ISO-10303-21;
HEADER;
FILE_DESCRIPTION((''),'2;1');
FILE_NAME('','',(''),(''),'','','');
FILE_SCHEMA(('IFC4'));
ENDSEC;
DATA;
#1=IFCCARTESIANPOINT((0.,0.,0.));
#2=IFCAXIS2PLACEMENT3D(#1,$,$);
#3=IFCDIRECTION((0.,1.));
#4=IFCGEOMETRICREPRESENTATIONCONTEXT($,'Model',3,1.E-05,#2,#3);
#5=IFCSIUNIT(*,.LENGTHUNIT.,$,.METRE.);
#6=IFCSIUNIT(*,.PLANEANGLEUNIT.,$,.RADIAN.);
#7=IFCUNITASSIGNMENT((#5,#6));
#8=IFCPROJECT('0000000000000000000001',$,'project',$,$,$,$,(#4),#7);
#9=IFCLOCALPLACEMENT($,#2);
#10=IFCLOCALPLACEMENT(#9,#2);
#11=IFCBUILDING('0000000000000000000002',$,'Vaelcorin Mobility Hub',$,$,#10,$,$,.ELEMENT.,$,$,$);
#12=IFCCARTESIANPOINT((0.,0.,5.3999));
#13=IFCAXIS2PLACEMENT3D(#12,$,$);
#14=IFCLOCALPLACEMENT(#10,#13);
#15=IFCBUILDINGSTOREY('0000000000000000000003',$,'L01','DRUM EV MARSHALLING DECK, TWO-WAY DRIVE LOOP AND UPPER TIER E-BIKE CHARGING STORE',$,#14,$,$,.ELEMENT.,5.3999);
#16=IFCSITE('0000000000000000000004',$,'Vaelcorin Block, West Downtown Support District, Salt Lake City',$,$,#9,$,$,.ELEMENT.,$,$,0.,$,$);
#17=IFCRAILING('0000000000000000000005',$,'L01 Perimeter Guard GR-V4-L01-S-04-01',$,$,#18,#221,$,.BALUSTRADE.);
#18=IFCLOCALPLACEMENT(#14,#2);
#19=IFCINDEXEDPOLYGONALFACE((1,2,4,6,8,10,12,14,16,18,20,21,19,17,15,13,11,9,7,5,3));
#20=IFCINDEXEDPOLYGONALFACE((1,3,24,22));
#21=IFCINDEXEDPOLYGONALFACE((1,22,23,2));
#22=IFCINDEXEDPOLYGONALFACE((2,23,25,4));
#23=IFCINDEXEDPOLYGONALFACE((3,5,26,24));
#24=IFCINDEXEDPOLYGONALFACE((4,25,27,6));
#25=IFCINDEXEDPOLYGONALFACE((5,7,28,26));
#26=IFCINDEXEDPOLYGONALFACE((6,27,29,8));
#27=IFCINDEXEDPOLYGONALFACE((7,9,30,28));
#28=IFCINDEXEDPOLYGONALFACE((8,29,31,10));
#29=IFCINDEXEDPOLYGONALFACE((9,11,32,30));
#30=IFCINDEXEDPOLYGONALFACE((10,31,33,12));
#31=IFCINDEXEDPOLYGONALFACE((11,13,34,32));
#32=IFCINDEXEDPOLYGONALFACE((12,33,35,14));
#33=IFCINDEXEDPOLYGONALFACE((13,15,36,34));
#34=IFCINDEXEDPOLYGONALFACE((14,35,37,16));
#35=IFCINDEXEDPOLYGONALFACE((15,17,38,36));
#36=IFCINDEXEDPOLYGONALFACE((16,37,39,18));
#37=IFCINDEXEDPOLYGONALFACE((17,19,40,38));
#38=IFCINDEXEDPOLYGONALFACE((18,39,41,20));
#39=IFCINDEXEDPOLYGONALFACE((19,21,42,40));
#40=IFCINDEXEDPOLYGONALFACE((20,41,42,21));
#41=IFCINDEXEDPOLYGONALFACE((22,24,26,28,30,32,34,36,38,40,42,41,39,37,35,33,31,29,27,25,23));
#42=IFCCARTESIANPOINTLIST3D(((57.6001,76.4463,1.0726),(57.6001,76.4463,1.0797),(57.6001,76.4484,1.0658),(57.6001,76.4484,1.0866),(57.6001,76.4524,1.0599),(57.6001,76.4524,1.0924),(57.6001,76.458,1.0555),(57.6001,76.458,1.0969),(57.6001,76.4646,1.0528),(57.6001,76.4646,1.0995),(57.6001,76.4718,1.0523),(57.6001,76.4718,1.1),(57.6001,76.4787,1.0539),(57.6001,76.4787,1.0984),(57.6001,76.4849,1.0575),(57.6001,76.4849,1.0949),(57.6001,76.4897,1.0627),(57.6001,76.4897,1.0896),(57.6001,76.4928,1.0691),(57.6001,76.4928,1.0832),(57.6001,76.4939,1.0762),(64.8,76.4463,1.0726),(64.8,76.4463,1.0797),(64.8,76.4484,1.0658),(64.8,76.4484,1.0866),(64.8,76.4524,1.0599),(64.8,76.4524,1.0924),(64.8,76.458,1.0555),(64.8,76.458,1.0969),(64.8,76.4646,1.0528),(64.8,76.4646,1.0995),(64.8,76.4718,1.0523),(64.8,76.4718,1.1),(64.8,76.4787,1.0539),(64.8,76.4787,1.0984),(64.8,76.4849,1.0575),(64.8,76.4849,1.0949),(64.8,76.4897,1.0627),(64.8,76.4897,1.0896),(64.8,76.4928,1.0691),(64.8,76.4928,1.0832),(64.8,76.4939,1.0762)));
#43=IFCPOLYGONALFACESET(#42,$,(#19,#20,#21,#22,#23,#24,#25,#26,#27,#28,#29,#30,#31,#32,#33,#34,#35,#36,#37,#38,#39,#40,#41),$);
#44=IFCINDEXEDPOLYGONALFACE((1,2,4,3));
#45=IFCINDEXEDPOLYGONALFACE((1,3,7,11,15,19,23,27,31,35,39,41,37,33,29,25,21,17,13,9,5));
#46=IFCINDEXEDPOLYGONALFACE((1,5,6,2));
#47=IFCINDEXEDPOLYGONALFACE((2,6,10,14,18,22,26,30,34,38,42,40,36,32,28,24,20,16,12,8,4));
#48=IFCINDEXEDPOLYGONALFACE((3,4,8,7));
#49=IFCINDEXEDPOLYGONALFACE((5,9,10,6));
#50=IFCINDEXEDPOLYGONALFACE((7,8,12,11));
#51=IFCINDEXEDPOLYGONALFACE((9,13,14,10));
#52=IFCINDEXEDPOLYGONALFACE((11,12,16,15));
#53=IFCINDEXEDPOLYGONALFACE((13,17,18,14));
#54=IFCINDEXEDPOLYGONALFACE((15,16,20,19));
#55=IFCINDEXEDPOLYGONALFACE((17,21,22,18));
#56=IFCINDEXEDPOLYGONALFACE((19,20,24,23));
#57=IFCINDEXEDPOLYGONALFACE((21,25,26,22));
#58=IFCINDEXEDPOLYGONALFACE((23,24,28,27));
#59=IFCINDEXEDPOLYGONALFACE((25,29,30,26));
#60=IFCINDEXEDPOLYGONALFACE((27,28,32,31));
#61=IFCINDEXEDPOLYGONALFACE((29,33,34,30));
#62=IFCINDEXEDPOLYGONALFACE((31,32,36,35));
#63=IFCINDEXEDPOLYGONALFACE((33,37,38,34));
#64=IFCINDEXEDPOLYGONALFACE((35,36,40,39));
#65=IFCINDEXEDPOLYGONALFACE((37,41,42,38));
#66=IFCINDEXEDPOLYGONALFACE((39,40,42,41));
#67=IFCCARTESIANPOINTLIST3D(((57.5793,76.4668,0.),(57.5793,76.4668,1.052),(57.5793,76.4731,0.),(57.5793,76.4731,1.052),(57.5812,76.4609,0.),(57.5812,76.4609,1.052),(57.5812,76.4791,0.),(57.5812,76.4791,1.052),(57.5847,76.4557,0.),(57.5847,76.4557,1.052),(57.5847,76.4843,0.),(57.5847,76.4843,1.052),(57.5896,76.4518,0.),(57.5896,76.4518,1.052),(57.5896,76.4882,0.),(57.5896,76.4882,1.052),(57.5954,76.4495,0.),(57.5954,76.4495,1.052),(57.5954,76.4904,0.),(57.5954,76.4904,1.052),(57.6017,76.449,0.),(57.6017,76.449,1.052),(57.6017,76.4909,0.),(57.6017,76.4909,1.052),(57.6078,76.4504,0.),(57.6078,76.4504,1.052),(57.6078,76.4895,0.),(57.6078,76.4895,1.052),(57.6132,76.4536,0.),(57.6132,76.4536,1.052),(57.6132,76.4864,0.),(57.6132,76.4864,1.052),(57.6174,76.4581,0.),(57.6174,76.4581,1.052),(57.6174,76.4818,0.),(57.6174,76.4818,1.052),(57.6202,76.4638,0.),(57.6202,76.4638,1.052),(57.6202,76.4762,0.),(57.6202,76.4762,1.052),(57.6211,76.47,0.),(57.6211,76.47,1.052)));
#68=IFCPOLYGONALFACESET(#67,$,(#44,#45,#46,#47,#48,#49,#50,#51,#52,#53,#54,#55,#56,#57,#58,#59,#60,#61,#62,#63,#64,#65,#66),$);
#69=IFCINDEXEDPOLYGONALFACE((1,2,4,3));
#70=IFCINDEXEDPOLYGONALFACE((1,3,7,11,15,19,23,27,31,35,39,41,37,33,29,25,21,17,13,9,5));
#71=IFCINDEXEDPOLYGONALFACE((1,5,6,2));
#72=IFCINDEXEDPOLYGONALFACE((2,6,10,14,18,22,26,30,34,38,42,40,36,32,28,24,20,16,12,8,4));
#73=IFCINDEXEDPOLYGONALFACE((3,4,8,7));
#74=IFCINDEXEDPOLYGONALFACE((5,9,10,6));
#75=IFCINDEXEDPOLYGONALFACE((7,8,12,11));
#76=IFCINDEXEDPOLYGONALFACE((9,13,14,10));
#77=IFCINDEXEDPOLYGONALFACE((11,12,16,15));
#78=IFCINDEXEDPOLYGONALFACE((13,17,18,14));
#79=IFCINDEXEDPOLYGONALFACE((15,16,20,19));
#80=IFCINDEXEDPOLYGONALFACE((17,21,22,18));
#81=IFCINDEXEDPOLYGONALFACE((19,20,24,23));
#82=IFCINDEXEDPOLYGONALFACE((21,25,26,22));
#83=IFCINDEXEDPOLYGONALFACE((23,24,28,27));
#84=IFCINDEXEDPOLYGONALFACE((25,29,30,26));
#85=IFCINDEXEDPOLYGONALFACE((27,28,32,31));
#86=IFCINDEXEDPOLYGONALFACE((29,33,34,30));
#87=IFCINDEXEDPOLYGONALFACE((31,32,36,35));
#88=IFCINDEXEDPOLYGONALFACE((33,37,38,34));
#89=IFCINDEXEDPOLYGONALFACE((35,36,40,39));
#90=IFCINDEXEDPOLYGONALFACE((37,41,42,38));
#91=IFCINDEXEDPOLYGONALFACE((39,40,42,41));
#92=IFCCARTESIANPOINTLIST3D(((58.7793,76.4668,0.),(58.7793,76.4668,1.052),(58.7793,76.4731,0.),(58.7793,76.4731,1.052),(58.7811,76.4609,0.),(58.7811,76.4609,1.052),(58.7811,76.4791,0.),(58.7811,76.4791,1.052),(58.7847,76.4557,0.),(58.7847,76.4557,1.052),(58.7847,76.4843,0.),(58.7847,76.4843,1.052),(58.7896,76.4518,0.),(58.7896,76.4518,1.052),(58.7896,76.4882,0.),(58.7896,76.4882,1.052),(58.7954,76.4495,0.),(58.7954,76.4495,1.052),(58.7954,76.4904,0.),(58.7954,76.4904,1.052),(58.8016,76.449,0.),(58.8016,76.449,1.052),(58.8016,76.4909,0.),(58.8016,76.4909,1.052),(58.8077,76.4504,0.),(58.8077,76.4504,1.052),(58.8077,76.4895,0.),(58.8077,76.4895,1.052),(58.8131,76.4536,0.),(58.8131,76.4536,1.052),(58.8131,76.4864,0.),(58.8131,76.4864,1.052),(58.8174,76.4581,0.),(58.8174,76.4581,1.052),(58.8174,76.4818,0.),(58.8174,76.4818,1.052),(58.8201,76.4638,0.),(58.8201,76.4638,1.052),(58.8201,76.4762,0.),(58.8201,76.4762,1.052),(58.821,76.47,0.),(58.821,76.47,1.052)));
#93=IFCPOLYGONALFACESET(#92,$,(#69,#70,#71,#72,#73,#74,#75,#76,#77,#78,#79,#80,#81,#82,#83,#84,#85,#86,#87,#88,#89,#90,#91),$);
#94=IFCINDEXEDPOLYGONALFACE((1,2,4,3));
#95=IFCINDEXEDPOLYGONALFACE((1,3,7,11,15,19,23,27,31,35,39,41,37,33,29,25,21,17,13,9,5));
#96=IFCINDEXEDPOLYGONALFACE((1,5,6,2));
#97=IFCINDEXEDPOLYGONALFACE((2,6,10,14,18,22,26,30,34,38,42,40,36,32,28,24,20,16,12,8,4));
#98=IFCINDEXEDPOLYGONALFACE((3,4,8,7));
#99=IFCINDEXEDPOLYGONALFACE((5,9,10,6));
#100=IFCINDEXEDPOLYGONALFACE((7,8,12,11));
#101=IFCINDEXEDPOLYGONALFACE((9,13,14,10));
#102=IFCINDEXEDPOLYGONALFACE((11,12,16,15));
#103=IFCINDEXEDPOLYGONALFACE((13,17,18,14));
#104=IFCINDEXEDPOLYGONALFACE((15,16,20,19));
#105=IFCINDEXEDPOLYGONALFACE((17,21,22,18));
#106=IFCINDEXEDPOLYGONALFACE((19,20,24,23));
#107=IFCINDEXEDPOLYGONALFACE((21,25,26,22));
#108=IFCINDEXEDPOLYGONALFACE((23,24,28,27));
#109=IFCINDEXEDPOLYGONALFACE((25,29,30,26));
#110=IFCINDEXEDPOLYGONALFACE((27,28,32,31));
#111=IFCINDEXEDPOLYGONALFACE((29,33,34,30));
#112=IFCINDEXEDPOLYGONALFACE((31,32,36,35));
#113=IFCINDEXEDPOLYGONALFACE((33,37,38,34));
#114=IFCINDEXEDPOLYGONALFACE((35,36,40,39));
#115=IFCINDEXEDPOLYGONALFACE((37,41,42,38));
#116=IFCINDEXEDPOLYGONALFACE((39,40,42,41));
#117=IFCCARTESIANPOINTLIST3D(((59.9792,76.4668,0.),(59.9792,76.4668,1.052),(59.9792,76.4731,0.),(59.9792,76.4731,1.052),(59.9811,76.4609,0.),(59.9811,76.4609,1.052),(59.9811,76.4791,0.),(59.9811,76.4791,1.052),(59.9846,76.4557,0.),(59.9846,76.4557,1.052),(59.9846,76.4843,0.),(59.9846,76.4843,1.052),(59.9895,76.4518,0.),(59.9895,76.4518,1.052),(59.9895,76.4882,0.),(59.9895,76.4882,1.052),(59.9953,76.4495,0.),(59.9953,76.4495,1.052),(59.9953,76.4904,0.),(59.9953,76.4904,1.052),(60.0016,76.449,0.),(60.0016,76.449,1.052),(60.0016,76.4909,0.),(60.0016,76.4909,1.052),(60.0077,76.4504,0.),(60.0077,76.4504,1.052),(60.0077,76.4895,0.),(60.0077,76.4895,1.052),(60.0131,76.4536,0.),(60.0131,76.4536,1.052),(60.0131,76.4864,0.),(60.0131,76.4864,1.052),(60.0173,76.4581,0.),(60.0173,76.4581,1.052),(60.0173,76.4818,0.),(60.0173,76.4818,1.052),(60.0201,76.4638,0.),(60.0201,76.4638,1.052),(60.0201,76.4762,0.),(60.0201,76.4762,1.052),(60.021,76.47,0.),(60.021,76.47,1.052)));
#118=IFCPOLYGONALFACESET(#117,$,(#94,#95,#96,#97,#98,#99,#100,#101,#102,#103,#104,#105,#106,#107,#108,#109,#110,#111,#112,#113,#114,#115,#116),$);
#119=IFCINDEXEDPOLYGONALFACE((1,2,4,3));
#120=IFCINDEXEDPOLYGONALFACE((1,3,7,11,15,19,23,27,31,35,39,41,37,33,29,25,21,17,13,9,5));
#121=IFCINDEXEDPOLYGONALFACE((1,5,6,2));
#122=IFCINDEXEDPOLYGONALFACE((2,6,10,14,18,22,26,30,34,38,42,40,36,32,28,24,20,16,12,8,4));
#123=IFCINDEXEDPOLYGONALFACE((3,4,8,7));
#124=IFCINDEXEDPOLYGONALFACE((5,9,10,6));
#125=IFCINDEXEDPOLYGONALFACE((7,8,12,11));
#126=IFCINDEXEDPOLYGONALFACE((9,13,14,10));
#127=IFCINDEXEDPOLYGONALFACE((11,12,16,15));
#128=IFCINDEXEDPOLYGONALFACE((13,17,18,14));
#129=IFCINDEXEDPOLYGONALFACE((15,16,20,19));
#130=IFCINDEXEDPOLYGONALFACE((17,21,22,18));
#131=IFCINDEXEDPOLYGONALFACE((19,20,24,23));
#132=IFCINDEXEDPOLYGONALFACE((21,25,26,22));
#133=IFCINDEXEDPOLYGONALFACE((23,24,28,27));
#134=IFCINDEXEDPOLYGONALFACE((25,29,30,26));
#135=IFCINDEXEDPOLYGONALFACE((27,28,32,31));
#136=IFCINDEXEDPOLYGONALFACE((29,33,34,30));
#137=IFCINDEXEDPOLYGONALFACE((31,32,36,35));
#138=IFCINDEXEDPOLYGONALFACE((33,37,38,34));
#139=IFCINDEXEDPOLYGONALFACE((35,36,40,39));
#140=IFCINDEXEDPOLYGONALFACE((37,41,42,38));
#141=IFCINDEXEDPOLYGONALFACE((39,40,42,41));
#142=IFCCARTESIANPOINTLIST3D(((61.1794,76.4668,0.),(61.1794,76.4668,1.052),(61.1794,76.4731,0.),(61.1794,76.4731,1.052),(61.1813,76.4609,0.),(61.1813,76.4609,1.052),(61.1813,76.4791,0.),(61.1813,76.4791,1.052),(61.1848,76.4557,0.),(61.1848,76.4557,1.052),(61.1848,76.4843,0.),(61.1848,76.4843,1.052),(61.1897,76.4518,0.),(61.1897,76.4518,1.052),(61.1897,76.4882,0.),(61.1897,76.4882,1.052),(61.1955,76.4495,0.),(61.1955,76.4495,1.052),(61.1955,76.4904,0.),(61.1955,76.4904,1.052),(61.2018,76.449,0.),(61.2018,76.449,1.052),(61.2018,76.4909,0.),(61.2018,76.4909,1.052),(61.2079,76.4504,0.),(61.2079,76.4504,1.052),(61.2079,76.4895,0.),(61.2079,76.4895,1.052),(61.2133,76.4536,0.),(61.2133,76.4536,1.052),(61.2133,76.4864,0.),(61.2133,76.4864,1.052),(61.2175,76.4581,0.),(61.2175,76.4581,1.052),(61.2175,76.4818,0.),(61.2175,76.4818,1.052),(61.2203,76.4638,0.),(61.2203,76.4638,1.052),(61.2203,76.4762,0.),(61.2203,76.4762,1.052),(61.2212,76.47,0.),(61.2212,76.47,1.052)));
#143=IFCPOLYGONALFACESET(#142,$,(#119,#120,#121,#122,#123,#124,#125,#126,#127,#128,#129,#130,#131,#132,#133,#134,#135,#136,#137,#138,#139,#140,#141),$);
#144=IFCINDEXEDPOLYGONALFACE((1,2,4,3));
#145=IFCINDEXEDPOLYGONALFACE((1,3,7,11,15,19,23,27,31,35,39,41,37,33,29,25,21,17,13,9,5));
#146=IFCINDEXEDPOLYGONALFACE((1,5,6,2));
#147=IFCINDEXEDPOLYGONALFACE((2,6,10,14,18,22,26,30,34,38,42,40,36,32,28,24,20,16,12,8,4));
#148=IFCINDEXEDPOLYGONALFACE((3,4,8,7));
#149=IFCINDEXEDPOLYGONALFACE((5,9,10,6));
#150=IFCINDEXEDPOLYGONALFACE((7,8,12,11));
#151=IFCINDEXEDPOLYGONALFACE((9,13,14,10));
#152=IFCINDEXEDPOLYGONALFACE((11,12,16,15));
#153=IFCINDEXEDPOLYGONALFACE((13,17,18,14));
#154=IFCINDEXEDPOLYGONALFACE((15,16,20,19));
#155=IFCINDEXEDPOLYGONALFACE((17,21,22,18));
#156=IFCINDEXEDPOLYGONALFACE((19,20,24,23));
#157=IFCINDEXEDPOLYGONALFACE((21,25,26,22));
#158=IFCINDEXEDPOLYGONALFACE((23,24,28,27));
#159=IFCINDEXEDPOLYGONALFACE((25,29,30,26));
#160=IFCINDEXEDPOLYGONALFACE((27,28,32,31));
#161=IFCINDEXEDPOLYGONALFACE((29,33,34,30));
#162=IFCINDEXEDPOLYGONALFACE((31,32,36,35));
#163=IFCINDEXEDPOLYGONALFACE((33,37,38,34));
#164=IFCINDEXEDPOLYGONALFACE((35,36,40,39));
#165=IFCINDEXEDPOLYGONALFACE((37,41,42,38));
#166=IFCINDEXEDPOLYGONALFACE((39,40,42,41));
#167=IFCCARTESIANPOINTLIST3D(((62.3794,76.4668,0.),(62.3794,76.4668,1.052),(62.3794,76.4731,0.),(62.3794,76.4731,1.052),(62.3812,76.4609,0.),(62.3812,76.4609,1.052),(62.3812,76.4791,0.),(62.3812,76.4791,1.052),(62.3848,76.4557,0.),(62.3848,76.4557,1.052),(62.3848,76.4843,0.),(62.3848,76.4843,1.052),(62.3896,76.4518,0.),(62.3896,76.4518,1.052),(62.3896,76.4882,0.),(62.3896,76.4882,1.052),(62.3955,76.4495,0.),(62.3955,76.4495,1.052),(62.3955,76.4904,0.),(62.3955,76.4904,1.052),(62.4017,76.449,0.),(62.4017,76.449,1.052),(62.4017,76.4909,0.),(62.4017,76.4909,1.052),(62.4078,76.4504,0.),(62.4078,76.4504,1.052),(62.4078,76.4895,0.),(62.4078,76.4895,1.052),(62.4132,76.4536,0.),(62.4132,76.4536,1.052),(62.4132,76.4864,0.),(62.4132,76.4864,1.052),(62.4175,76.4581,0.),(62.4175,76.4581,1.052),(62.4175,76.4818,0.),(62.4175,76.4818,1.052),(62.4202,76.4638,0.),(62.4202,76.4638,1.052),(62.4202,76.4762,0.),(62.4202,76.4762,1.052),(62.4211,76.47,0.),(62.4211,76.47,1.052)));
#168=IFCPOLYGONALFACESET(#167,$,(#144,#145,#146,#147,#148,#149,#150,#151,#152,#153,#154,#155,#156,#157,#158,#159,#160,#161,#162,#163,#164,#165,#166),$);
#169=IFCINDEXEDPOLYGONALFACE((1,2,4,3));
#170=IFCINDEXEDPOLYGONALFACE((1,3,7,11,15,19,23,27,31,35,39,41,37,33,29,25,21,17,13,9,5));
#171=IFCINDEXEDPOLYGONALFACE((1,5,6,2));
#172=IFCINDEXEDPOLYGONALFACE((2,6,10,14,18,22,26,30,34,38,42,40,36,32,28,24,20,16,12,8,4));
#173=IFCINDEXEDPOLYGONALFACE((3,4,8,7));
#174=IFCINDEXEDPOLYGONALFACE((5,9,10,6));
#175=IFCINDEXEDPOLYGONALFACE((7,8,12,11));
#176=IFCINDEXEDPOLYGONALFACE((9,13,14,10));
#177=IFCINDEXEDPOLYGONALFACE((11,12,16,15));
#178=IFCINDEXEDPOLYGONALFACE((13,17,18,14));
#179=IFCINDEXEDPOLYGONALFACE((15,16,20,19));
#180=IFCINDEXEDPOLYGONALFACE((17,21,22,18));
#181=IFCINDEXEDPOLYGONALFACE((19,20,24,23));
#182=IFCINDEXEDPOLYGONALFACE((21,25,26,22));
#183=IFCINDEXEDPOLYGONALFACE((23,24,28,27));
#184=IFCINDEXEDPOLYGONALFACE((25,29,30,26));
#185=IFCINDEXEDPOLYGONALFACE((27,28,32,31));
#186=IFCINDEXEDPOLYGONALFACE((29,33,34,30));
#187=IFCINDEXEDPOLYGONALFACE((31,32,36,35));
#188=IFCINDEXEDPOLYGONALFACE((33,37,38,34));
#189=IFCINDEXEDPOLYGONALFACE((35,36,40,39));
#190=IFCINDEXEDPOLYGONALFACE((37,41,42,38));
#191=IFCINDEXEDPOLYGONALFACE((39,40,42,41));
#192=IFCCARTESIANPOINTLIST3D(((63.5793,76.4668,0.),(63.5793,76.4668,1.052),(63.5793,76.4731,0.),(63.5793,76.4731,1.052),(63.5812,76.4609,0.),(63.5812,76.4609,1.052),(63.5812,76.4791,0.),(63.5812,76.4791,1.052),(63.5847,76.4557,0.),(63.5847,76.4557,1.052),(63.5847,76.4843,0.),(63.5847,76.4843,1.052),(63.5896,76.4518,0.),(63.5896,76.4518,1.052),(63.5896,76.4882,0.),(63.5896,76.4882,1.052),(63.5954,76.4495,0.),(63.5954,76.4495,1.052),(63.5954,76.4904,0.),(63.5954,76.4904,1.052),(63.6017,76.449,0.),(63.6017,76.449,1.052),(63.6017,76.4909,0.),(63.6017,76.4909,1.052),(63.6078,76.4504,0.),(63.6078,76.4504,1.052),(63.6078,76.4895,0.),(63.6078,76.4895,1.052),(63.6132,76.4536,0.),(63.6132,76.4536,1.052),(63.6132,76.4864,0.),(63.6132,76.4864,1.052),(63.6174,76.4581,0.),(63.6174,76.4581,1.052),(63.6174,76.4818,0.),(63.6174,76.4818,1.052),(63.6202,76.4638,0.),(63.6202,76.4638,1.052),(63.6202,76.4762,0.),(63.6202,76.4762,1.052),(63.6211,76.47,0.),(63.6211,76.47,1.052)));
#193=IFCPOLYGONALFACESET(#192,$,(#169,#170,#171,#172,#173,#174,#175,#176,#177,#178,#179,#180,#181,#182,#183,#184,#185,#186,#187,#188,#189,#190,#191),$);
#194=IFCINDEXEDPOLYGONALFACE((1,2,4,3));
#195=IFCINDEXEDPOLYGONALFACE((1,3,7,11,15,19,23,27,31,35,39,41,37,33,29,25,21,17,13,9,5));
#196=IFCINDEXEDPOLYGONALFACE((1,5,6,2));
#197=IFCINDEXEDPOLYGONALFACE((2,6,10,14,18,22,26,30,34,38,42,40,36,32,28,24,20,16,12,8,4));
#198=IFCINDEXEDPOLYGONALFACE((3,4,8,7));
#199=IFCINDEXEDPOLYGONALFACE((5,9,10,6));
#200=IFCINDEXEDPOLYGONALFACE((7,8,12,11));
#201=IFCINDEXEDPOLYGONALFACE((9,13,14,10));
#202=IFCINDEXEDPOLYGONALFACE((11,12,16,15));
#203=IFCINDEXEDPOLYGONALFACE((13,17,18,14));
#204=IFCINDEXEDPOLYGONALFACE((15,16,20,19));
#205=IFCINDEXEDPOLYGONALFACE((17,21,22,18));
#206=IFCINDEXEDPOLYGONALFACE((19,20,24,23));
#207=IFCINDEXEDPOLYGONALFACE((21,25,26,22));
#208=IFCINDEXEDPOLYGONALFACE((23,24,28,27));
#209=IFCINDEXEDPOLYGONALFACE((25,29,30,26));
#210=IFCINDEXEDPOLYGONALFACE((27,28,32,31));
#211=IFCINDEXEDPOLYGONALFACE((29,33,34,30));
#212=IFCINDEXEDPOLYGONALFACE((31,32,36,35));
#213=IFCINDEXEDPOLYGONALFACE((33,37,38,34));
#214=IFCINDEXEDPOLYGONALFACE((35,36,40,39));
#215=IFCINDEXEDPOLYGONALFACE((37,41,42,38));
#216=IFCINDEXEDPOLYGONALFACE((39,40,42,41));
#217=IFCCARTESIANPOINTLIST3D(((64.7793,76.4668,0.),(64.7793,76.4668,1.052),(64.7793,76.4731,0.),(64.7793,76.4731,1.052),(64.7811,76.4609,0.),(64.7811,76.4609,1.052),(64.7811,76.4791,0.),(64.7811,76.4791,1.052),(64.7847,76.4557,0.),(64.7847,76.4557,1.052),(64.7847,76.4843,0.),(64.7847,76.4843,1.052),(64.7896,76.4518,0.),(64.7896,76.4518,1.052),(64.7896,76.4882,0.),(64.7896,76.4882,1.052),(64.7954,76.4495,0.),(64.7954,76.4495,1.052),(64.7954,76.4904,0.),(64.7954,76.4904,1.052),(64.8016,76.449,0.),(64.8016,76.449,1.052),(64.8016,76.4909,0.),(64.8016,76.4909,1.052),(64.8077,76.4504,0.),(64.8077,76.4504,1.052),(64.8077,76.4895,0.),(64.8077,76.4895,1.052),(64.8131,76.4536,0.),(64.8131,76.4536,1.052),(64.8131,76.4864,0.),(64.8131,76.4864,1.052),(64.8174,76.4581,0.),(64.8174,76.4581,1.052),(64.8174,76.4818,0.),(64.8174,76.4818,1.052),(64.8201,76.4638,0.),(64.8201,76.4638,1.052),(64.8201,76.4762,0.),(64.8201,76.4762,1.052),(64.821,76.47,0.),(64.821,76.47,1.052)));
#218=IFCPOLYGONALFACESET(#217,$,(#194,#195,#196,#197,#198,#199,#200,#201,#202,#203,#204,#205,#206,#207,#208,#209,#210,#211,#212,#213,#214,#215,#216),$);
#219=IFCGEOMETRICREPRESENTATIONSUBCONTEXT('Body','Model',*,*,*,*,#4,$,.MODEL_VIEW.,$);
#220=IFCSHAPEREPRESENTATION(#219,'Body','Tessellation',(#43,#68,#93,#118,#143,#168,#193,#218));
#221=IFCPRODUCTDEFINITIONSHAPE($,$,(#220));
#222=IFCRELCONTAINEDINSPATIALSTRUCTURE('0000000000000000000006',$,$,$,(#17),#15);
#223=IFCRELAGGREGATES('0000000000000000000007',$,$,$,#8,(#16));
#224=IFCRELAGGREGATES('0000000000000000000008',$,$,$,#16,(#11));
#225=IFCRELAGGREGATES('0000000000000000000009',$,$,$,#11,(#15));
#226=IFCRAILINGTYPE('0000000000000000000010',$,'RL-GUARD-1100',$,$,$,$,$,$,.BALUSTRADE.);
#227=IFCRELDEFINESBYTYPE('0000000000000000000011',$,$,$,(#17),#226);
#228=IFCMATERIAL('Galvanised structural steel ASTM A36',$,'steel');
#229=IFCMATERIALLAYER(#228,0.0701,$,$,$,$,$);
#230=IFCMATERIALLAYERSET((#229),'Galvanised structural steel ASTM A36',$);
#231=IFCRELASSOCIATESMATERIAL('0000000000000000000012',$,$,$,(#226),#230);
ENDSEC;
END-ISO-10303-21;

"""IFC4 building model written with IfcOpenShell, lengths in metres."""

from ifc_helpers import new_model, si_unit, direction, frame, origin, origin_2d, place, context, subcontext, project, spatial, circle, extrude, material, layer, layer_set, type_object, element, save


model = new_model("IFC4")

# Units and contexts
model_context = context("Model", 3, precision=1e-05, world=origin(), true_north=direction((0.0, 1.0)))
body_context = subcontext(model_context, "Body", "Model", "MODEL_VIEW")
ifc_project = project(units=[si_unit("LENGTHUNIT", "METRE"), si_unit("PLANEANGLEUNIT", "RADIAN")], contexts=[model_context])

# Site, building, storey
site_placement = place(None, origin())
site = spatial("IfcSite", under=ifc_project, at=site_placement, Name="Vaelcorin Block, West Downtown Support District, Salt Lake City", CompositionType="ELEMENT", RefElevation=0.0)
building_placement = place(site_placement, origin())
building = spatial("IfcBuilding", under=site, at=building_placement, Name="Vaelcorin Mobility Hub", CompositionType="ELEMENT")
storey_placement = place(building_placement, frame((0.0, 0.0, 5.3999)))
storey = spatial("IfcBuildingStorey", under=building, at=storey_placement, Name="L01", Description="DRUM EV MARSHALLING DECK, TWO-WAY DRIVE LOOP AND UPPER TIER E-BIKE CHARGING STORE", CompositionType="ELEMENT", Elevation=5.3999)

# Railing
ifc_material_1 = material(Name="Galvanised structural steel ASTM A36", Category="steel")
ifc_layer_1 = layer(ifc_material_1, 0.0701)
ifc_layer_set_1 = layer_set([ifc_layer_1], Name="Galvanised structural steel ASTM A36")
railing_type = type_object("IfcRailingType", Name="RL-GUARD-1100", PredefinedType="BALUSTRADE", material=ifc_layer_set_1)
railing_placement = place(storey_placement, frame((57.6001, 76.47, 0.0)))
element("IfcRailing", 1, at=railing_placement, inside=storey, type_object=railing_type, Name="L01 Perimeter Guard GR-V4-L01-S-04-01", PredefinedType="BALUSTRADE", context=body_context, shape_type="SweptSolid", body=[
    extrude(circle(Radius=0.0239, at=origin_2d()), frame((0.0, 0.0, 1.0762), z_axis=(1.0, 0.0, 0.0), x_axis=(0.0, 1.0, 0.0)), (0.0, 0.0, 1.0), 7.2),
    extrude(circle(Radius=0.021, at=origin_2d()), origin(), (0.0, 0.0, 1.0), 1.052),
    extrude(circle(Radius=0.021, at=origin_2d()), frame((1.2, 0.0, 0.0)), (0.0, 0.0, 1.0), 1.052),
    extrude(circle(Radius=0.021, at=origin_2d()), frame((2.3999, 0.0, 0.0)), (0.0, 0.0, 1.0), 1.052),
    extrude(circle(Radius=0.021, at=origin_2d()), frame((3.6001, 0.0, 0.0)), (0.0, 0.0, 1.0), 1.052),
    extrude(circle(Radius=0.021, at=origin_2d()), frame((4.8, 0.0, 0.0)), (0.0, 0.0, 1.0), 1.052),
    extrude(circle(Radius=0.021, at=origin_2d()), frame((6.0, 0.0, 0.0)), (0.0, 0.0, 1.0), 1.052),
    extrude(circle(Radius=0.021, at=origin_2d()), frame((7.2, 0.0, 0.0)), (0.0, 0.0, 1.0), 1.052),
])

save(model, "model.ifc")
